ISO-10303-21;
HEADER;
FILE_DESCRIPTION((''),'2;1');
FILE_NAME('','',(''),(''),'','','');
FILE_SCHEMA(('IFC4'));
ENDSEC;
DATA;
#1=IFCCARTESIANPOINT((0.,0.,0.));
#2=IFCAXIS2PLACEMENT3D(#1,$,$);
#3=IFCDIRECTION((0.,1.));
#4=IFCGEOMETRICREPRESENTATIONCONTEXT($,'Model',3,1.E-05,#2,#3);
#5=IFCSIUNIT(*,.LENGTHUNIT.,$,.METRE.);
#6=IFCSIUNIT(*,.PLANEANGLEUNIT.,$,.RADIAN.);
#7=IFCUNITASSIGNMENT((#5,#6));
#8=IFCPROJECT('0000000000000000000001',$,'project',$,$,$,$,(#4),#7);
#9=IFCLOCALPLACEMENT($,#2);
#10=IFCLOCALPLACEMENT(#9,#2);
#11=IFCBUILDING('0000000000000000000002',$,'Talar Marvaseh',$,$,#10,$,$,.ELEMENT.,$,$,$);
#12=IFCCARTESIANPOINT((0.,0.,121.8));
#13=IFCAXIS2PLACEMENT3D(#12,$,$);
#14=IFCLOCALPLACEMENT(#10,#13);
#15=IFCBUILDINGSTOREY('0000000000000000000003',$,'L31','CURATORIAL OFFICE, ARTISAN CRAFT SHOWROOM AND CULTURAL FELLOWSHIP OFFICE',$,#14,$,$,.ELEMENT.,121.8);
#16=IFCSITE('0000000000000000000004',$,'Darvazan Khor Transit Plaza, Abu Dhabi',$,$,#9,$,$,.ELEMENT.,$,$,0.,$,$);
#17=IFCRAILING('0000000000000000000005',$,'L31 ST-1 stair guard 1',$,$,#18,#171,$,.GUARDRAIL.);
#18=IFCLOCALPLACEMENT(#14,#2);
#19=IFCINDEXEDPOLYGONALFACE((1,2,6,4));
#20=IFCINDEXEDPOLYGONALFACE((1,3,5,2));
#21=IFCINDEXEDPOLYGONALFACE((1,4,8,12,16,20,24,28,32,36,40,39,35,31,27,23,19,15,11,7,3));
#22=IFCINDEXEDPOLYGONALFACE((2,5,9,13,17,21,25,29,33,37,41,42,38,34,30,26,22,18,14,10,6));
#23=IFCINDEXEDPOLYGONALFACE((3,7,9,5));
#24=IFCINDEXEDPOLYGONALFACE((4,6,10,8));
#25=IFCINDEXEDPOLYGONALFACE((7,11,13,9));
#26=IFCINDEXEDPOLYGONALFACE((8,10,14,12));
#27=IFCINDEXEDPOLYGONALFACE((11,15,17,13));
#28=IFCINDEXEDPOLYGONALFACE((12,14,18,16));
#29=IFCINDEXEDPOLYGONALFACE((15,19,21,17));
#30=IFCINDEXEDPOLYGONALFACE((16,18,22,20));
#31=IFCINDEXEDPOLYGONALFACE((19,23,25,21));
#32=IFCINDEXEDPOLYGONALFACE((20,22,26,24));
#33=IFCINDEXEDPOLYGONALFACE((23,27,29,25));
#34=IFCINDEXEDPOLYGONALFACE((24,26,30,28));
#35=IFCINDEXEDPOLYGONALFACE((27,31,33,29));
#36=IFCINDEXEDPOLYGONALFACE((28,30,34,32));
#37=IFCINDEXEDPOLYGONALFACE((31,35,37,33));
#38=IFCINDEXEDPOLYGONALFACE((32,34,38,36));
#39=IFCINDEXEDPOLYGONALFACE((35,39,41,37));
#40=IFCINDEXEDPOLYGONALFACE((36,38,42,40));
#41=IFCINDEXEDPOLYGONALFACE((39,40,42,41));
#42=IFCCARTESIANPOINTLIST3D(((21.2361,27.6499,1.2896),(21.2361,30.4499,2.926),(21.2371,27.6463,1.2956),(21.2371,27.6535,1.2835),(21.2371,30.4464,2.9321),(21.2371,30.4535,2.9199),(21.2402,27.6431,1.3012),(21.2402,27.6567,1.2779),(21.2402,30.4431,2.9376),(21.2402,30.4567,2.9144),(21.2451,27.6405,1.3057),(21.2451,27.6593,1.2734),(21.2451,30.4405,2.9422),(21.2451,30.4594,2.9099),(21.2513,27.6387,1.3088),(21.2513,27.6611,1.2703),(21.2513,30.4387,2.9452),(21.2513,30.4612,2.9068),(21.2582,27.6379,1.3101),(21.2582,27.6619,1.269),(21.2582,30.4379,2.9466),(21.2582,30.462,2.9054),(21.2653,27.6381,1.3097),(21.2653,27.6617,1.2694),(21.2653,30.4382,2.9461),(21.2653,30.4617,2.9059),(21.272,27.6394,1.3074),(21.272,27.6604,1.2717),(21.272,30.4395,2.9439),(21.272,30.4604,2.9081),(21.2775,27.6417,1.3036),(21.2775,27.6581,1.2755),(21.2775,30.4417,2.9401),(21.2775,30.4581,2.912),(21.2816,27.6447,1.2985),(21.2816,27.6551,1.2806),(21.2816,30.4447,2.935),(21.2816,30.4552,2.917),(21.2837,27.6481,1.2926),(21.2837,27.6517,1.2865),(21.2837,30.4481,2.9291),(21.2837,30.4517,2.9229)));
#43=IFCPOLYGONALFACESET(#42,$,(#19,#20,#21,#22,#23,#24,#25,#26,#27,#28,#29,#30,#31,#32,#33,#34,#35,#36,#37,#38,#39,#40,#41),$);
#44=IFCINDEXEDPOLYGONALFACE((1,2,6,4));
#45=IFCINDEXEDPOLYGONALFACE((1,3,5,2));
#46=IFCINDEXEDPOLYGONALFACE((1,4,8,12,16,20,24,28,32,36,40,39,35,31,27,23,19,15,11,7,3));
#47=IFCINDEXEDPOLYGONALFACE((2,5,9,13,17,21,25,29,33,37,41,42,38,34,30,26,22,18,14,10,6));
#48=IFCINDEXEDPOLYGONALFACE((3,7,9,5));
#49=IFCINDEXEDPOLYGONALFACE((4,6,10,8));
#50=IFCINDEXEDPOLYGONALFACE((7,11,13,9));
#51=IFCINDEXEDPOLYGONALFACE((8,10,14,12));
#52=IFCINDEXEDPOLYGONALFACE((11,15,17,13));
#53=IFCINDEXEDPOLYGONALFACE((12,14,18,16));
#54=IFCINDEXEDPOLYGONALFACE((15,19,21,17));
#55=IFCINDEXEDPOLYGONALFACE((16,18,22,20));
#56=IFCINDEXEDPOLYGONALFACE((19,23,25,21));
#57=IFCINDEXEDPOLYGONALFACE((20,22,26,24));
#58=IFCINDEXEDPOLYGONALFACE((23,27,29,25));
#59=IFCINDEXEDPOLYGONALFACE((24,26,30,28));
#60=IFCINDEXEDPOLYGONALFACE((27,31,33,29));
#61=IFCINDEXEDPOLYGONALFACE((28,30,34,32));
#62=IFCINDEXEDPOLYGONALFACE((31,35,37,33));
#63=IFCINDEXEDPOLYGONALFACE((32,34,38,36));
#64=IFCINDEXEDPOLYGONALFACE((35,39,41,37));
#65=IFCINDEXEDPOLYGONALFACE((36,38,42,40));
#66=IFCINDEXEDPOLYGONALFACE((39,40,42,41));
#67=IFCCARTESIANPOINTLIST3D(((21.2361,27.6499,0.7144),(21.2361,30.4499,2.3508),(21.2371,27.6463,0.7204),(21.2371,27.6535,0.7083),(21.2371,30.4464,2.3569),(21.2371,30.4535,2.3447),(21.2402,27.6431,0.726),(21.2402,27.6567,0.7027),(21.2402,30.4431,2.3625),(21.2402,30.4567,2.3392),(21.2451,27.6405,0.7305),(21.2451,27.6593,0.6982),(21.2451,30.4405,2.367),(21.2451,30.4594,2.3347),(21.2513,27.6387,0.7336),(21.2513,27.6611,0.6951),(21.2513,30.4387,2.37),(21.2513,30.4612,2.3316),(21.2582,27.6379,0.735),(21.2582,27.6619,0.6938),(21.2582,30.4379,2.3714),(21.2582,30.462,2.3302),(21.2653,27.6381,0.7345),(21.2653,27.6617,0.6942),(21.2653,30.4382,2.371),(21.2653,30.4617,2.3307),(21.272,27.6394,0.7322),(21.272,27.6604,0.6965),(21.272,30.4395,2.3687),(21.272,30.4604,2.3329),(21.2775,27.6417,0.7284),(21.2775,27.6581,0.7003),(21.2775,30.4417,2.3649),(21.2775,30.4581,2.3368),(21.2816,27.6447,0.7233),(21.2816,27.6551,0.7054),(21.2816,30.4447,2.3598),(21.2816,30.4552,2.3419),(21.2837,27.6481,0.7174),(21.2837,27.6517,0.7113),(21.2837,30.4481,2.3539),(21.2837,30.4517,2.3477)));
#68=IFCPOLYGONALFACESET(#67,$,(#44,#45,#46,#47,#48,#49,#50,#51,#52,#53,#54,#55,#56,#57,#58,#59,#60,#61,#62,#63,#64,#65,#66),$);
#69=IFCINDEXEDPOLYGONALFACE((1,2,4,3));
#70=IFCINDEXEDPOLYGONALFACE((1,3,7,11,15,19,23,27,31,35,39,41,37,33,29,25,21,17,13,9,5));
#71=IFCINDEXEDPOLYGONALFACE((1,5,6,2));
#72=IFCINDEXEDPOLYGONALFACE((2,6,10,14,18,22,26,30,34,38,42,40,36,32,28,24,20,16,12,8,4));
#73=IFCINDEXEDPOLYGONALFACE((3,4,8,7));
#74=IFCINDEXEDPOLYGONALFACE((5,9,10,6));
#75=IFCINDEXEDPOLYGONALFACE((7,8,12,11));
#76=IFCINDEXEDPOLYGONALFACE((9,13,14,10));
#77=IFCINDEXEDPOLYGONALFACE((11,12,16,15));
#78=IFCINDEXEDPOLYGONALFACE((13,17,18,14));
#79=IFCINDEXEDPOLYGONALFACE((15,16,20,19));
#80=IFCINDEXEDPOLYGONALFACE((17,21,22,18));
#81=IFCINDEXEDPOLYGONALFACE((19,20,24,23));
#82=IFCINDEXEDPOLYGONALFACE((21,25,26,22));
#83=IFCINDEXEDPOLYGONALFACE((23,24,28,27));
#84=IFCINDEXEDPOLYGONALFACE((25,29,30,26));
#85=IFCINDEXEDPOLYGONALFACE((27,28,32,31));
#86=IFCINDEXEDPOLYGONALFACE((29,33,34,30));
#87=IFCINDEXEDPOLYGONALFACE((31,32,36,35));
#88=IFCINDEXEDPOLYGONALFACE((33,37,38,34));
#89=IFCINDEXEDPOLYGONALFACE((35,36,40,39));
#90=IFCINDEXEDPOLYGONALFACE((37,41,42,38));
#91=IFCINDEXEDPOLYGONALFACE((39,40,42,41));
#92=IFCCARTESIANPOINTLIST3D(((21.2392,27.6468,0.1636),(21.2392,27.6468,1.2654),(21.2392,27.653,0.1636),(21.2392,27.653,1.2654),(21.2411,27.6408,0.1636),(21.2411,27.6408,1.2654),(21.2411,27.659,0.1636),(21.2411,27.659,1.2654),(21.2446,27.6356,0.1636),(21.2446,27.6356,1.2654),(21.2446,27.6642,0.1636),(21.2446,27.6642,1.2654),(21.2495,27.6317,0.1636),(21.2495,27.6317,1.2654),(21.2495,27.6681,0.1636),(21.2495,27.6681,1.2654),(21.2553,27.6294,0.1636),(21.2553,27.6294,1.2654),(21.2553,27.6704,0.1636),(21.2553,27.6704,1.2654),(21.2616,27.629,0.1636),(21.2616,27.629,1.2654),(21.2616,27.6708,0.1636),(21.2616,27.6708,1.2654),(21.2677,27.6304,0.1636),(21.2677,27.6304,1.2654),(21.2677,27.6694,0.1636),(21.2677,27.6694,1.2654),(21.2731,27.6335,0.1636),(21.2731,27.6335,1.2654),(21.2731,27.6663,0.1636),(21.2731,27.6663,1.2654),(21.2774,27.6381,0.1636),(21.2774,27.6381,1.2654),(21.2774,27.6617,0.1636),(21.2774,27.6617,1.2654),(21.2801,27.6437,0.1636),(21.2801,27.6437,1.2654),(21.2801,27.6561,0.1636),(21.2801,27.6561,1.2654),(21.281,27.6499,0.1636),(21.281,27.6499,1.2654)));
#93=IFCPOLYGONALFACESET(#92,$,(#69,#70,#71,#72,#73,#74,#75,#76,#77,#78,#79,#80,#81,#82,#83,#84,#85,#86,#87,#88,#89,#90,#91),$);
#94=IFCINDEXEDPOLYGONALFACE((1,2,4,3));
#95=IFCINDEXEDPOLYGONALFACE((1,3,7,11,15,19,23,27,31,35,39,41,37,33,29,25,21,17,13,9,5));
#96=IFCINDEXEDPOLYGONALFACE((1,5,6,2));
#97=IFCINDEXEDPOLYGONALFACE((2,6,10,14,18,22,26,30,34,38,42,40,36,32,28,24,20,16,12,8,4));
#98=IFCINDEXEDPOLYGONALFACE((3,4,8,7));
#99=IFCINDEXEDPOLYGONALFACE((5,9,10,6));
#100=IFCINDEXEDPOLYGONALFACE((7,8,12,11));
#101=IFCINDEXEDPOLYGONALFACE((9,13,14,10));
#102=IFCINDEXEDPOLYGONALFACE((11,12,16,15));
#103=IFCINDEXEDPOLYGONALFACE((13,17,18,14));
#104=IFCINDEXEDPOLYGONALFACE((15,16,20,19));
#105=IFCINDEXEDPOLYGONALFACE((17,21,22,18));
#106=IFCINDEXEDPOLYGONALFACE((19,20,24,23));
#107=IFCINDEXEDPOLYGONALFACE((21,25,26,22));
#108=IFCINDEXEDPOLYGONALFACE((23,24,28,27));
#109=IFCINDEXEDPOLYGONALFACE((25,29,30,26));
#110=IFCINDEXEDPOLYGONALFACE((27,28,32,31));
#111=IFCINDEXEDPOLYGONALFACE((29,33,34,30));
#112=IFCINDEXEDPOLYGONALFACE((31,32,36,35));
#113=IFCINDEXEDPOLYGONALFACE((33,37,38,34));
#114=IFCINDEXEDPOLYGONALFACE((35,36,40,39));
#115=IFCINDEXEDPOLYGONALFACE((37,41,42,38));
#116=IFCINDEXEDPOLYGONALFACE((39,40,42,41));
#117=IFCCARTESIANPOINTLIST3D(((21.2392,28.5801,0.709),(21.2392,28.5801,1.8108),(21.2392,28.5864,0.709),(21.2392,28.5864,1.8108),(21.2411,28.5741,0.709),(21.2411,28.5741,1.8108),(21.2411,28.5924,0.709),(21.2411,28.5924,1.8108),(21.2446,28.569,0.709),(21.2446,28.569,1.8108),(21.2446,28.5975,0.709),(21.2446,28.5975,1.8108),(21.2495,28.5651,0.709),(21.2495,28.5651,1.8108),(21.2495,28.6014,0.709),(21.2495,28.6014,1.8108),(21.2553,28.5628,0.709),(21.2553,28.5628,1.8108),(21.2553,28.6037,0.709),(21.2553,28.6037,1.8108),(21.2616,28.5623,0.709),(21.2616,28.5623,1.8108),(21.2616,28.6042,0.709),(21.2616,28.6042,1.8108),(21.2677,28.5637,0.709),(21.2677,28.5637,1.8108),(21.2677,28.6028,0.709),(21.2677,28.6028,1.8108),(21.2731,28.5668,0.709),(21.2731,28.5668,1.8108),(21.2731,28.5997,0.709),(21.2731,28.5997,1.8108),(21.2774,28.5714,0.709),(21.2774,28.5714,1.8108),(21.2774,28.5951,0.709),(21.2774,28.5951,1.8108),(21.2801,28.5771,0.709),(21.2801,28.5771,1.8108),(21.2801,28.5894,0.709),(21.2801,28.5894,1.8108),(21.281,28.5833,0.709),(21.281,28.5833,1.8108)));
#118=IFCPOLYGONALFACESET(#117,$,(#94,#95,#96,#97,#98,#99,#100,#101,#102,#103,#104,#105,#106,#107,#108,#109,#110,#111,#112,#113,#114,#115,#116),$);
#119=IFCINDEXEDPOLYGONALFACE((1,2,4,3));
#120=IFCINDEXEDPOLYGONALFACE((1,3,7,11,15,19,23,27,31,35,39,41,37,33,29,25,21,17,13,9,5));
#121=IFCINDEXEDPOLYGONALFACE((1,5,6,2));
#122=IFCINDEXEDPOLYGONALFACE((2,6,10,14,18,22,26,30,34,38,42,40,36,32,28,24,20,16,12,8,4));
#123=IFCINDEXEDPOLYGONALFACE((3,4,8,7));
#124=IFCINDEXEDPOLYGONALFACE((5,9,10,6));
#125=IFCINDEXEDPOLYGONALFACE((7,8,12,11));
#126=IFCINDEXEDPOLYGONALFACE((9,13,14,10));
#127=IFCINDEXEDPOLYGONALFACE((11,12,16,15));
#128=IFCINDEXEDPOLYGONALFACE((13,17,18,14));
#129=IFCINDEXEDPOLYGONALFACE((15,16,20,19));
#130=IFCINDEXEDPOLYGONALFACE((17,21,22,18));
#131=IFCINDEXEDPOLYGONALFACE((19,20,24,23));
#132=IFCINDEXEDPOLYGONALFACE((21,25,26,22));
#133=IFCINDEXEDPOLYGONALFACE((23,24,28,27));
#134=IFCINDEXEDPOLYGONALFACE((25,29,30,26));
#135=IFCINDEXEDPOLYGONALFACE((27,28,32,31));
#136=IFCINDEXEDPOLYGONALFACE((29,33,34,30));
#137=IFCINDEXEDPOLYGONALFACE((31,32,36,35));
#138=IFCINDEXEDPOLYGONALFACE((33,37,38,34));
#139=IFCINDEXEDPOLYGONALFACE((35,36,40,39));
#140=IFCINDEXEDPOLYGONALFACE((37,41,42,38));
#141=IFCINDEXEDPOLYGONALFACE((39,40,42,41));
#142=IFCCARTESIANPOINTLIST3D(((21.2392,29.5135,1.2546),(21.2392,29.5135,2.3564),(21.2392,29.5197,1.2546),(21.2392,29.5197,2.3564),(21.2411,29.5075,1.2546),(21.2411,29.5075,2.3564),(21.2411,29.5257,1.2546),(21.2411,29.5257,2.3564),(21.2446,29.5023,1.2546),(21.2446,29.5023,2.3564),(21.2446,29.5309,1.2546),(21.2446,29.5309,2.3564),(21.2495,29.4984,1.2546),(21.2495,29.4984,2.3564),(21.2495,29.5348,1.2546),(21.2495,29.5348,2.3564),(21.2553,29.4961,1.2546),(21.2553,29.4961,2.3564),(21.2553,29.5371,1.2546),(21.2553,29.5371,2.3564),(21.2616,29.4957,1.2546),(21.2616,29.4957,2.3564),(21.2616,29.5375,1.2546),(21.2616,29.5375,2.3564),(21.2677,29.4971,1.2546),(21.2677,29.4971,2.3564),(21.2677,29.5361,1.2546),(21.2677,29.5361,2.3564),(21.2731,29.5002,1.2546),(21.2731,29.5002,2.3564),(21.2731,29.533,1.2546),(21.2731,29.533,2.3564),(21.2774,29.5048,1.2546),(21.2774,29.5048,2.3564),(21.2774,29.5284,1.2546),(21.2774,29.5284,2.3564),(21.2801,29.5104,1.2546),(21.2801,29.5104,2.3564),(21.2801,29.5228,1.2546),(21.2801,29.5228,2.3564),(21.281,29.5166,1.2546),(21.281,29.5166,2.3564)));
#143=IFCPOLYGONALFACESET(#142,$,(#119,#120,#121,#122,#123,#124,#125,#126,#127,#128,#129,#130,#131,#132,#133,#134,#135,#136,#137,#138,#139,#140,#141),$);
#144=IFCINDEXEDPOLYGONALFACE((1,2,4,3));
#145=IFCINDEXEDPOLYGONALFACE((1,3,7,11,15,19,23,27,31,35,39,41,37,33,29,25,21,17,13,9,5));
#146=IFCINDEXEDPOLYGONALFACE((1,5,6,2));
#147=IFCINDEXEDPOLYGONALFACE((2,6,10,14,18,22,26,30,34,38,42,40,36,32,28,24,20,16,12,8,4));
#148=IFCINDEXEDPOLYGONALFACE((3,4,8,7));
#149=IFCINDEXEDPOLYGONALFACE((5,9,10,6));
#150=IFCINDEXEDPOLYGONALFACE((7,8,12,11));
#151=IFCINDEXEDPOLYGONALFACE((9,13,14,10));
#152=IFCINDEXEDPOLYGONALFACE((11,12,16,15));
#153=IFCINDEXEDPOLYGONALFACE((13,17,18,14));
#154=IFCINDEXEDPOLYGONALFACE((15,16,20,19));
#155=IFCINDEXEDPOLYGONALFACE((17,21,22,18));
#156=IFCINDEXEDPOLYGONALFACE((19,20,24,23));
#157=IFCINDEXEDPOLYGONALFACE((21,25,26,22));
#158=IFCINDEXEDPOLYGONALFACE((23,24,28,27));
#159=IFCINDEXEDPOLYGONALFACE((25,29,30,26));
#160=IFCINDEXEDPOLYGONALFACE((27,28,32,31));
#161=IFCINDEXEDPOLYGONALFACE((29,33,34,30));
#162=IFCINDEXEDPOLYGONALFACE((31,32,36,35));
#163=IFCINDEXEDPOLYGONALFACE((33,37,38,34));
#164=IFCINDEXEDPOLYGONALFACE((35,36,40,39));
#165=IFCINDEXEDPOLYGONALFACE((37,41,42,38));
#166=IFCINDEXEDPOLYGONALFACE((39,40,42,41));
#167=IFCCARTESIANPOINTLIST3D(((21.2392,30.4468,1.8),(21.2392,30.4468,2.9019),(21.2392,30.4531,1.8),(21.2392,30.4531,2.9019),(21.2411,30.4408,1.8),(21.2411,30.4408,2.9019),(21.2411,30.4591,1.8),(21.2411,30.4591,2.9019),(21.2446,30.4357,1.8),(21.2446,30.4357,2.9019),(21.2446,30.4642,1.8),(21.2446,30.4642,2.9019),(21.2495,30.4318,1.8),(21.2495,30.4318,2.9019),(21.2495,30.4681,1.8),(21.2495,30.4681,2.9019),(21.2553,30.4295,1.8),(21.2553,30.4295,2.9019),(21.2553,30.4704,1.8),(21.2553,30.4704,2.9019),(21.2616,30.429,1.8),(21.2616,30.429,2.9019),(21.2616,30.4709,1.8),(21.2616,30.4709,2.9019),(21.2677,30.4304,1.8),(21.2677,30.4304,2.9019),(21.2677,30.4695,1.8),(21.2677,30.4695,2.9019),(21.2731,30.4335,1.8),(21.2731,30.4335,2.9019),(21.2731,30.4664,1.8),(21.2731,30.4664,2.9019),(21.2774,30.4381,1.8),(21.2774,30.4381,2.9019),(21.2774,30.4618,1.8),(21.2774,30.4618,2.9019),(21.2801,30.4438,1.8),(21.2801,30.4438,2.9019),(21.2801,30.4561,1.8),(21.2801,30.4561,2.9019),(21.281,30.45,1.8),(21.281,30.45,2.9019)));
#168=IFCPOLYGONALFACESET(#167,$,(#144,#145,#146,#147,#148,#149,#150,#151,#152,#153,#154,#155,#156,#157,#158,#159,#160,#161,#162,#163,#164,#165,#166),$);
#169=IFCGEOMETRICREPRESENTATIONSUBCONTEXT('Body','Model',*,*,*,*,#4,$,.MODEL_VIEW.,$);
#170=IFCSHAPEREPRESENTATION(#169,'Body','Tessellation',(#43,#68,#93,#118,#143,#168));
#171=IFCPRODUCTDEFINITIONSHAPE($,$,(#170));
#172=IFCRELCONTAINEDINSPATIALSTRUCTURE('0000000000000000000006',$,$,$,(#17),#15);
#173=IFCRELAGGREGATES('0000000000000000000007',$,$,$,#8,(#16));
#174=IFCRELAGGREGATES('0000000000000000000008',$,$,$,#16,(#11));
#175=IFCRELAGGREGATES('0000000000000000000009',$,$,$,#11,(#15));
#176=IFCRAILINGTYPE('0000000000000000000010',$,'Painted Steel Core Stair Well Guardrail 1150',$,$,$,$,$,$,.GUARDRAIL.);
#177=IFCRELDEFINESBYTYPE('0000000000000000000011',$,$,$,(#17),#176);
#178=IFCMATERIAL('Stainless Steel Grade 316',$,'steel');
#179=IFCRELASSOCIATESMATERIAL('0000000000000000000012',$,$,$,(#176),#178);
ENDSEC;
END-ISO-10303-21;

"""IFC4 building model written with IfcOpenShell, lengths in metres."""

from ifc_helpers import new_model, si_unit, direction, frame, origin, origin_2d, place, context, subcontext, project, spatial, circle, extrude, material, type_object, element, save


model = new_model("IFC4")

# Units and contexts
model_context = context("Model", 3, precision=1e-05, world=origin(), true_north=direction((0.0, 1.0)))
body_context = subcontext(model_context, "Body", "Model", "MODEL_VIEW")
ifc_project = project(units=[si_unit("LENGTHUNIT", "METRE"), si_unit("PLANEANGLEUNIT", "RADIAN")], contexts=[model_context])

# Site, building, storey
site_placement = place(None, origin())
site = spatial("IfcSite", under=ifc_project, at=site_placement, Name="Darvazan Khor Transit Plaza, Abu Dhabi", CompositionType="ELEMENT", RefElevation=0.0)
building_placement = place(site_placement, origin())
building = spatial("IfcBuilding", under=site, at=building_placement, Name="Talar Marvaseh", CompositionType="ELEMENT")
storey_placement = place(building_placement, frame((0.0, 0.0, 121.8)))
storey = spatial("IfcBuildingStorey", under=building, at=storey_placement, Name="L31", Description="CURATORIAL OFFICE, ARTISAN CRAFT SHOWROOM AND CULTURAL FELLOWSHIP OFFICE", CompositionType="ELEMENT", Elevation=121.8)

# Railing
ifc_material_1 = material(Name="Stainless Steel Grade 316", Category="steel")
railing_type_1 = type_object("IfcRailingType", Name="Painted Steel Core Stair Well Guardrail 1150", PredefinedType="GUARDRAIL", material=ifc_material_1)
railing_1_placement = place(storey_placement, frame((21.26, 27.6499, 0.1636)))
element("IfcRailing", 1, at=railing_1_placement, inside=storey, type_object=railing_type_1, Name="L31 ST-1 stair guard 1", PredefinedType="GUARDRAIL", context=body_context, shape_type="SweptSolid", body=[
    extrude(circle(Radius=0.0239, at=origin_2d()), frame((0.0, 0.0, 1.126), z_axis=(0.0, 0.863361, 0.504587), x_axis=(-1.0, 0.0, 0.0)), (0.0, 0.0, 1.0), 3.2432),
    extrude(circle(Radius=0.0239, at=origin_2d()), frame((0.0, 0.0, 0.5508), z_axis=(0.0, 0.863361, 0.504587), x_axis=(-1.0, 0.0, 0.0)), (0.0, 0.0, 1.0), 3.2432),
    extrude(circle(Radius=0.021, at=origin_2d()), origin(), (0.0, 0.0, 1.0), 1.1018),
    extrude(circle(Radius=0.021, at=origin_2d()), frame((0.0, 0.9333, 0.5454)), (0.0, 0.0, 1.0), 1.1018),
    extrude(circle(Radius=0.021, at=origin_2d()), frame((0.0, 1.8667, 1.0911)), (0.0, 0.0, 1.0), 1.1018),
    extrude(circle(Radius=0.021, at=origin_2d()), frame((0.0, 2.8, 1.6365)), (0.0, 0.0, 1.0), 1.1018),
])

save(model, "model.ifc")
